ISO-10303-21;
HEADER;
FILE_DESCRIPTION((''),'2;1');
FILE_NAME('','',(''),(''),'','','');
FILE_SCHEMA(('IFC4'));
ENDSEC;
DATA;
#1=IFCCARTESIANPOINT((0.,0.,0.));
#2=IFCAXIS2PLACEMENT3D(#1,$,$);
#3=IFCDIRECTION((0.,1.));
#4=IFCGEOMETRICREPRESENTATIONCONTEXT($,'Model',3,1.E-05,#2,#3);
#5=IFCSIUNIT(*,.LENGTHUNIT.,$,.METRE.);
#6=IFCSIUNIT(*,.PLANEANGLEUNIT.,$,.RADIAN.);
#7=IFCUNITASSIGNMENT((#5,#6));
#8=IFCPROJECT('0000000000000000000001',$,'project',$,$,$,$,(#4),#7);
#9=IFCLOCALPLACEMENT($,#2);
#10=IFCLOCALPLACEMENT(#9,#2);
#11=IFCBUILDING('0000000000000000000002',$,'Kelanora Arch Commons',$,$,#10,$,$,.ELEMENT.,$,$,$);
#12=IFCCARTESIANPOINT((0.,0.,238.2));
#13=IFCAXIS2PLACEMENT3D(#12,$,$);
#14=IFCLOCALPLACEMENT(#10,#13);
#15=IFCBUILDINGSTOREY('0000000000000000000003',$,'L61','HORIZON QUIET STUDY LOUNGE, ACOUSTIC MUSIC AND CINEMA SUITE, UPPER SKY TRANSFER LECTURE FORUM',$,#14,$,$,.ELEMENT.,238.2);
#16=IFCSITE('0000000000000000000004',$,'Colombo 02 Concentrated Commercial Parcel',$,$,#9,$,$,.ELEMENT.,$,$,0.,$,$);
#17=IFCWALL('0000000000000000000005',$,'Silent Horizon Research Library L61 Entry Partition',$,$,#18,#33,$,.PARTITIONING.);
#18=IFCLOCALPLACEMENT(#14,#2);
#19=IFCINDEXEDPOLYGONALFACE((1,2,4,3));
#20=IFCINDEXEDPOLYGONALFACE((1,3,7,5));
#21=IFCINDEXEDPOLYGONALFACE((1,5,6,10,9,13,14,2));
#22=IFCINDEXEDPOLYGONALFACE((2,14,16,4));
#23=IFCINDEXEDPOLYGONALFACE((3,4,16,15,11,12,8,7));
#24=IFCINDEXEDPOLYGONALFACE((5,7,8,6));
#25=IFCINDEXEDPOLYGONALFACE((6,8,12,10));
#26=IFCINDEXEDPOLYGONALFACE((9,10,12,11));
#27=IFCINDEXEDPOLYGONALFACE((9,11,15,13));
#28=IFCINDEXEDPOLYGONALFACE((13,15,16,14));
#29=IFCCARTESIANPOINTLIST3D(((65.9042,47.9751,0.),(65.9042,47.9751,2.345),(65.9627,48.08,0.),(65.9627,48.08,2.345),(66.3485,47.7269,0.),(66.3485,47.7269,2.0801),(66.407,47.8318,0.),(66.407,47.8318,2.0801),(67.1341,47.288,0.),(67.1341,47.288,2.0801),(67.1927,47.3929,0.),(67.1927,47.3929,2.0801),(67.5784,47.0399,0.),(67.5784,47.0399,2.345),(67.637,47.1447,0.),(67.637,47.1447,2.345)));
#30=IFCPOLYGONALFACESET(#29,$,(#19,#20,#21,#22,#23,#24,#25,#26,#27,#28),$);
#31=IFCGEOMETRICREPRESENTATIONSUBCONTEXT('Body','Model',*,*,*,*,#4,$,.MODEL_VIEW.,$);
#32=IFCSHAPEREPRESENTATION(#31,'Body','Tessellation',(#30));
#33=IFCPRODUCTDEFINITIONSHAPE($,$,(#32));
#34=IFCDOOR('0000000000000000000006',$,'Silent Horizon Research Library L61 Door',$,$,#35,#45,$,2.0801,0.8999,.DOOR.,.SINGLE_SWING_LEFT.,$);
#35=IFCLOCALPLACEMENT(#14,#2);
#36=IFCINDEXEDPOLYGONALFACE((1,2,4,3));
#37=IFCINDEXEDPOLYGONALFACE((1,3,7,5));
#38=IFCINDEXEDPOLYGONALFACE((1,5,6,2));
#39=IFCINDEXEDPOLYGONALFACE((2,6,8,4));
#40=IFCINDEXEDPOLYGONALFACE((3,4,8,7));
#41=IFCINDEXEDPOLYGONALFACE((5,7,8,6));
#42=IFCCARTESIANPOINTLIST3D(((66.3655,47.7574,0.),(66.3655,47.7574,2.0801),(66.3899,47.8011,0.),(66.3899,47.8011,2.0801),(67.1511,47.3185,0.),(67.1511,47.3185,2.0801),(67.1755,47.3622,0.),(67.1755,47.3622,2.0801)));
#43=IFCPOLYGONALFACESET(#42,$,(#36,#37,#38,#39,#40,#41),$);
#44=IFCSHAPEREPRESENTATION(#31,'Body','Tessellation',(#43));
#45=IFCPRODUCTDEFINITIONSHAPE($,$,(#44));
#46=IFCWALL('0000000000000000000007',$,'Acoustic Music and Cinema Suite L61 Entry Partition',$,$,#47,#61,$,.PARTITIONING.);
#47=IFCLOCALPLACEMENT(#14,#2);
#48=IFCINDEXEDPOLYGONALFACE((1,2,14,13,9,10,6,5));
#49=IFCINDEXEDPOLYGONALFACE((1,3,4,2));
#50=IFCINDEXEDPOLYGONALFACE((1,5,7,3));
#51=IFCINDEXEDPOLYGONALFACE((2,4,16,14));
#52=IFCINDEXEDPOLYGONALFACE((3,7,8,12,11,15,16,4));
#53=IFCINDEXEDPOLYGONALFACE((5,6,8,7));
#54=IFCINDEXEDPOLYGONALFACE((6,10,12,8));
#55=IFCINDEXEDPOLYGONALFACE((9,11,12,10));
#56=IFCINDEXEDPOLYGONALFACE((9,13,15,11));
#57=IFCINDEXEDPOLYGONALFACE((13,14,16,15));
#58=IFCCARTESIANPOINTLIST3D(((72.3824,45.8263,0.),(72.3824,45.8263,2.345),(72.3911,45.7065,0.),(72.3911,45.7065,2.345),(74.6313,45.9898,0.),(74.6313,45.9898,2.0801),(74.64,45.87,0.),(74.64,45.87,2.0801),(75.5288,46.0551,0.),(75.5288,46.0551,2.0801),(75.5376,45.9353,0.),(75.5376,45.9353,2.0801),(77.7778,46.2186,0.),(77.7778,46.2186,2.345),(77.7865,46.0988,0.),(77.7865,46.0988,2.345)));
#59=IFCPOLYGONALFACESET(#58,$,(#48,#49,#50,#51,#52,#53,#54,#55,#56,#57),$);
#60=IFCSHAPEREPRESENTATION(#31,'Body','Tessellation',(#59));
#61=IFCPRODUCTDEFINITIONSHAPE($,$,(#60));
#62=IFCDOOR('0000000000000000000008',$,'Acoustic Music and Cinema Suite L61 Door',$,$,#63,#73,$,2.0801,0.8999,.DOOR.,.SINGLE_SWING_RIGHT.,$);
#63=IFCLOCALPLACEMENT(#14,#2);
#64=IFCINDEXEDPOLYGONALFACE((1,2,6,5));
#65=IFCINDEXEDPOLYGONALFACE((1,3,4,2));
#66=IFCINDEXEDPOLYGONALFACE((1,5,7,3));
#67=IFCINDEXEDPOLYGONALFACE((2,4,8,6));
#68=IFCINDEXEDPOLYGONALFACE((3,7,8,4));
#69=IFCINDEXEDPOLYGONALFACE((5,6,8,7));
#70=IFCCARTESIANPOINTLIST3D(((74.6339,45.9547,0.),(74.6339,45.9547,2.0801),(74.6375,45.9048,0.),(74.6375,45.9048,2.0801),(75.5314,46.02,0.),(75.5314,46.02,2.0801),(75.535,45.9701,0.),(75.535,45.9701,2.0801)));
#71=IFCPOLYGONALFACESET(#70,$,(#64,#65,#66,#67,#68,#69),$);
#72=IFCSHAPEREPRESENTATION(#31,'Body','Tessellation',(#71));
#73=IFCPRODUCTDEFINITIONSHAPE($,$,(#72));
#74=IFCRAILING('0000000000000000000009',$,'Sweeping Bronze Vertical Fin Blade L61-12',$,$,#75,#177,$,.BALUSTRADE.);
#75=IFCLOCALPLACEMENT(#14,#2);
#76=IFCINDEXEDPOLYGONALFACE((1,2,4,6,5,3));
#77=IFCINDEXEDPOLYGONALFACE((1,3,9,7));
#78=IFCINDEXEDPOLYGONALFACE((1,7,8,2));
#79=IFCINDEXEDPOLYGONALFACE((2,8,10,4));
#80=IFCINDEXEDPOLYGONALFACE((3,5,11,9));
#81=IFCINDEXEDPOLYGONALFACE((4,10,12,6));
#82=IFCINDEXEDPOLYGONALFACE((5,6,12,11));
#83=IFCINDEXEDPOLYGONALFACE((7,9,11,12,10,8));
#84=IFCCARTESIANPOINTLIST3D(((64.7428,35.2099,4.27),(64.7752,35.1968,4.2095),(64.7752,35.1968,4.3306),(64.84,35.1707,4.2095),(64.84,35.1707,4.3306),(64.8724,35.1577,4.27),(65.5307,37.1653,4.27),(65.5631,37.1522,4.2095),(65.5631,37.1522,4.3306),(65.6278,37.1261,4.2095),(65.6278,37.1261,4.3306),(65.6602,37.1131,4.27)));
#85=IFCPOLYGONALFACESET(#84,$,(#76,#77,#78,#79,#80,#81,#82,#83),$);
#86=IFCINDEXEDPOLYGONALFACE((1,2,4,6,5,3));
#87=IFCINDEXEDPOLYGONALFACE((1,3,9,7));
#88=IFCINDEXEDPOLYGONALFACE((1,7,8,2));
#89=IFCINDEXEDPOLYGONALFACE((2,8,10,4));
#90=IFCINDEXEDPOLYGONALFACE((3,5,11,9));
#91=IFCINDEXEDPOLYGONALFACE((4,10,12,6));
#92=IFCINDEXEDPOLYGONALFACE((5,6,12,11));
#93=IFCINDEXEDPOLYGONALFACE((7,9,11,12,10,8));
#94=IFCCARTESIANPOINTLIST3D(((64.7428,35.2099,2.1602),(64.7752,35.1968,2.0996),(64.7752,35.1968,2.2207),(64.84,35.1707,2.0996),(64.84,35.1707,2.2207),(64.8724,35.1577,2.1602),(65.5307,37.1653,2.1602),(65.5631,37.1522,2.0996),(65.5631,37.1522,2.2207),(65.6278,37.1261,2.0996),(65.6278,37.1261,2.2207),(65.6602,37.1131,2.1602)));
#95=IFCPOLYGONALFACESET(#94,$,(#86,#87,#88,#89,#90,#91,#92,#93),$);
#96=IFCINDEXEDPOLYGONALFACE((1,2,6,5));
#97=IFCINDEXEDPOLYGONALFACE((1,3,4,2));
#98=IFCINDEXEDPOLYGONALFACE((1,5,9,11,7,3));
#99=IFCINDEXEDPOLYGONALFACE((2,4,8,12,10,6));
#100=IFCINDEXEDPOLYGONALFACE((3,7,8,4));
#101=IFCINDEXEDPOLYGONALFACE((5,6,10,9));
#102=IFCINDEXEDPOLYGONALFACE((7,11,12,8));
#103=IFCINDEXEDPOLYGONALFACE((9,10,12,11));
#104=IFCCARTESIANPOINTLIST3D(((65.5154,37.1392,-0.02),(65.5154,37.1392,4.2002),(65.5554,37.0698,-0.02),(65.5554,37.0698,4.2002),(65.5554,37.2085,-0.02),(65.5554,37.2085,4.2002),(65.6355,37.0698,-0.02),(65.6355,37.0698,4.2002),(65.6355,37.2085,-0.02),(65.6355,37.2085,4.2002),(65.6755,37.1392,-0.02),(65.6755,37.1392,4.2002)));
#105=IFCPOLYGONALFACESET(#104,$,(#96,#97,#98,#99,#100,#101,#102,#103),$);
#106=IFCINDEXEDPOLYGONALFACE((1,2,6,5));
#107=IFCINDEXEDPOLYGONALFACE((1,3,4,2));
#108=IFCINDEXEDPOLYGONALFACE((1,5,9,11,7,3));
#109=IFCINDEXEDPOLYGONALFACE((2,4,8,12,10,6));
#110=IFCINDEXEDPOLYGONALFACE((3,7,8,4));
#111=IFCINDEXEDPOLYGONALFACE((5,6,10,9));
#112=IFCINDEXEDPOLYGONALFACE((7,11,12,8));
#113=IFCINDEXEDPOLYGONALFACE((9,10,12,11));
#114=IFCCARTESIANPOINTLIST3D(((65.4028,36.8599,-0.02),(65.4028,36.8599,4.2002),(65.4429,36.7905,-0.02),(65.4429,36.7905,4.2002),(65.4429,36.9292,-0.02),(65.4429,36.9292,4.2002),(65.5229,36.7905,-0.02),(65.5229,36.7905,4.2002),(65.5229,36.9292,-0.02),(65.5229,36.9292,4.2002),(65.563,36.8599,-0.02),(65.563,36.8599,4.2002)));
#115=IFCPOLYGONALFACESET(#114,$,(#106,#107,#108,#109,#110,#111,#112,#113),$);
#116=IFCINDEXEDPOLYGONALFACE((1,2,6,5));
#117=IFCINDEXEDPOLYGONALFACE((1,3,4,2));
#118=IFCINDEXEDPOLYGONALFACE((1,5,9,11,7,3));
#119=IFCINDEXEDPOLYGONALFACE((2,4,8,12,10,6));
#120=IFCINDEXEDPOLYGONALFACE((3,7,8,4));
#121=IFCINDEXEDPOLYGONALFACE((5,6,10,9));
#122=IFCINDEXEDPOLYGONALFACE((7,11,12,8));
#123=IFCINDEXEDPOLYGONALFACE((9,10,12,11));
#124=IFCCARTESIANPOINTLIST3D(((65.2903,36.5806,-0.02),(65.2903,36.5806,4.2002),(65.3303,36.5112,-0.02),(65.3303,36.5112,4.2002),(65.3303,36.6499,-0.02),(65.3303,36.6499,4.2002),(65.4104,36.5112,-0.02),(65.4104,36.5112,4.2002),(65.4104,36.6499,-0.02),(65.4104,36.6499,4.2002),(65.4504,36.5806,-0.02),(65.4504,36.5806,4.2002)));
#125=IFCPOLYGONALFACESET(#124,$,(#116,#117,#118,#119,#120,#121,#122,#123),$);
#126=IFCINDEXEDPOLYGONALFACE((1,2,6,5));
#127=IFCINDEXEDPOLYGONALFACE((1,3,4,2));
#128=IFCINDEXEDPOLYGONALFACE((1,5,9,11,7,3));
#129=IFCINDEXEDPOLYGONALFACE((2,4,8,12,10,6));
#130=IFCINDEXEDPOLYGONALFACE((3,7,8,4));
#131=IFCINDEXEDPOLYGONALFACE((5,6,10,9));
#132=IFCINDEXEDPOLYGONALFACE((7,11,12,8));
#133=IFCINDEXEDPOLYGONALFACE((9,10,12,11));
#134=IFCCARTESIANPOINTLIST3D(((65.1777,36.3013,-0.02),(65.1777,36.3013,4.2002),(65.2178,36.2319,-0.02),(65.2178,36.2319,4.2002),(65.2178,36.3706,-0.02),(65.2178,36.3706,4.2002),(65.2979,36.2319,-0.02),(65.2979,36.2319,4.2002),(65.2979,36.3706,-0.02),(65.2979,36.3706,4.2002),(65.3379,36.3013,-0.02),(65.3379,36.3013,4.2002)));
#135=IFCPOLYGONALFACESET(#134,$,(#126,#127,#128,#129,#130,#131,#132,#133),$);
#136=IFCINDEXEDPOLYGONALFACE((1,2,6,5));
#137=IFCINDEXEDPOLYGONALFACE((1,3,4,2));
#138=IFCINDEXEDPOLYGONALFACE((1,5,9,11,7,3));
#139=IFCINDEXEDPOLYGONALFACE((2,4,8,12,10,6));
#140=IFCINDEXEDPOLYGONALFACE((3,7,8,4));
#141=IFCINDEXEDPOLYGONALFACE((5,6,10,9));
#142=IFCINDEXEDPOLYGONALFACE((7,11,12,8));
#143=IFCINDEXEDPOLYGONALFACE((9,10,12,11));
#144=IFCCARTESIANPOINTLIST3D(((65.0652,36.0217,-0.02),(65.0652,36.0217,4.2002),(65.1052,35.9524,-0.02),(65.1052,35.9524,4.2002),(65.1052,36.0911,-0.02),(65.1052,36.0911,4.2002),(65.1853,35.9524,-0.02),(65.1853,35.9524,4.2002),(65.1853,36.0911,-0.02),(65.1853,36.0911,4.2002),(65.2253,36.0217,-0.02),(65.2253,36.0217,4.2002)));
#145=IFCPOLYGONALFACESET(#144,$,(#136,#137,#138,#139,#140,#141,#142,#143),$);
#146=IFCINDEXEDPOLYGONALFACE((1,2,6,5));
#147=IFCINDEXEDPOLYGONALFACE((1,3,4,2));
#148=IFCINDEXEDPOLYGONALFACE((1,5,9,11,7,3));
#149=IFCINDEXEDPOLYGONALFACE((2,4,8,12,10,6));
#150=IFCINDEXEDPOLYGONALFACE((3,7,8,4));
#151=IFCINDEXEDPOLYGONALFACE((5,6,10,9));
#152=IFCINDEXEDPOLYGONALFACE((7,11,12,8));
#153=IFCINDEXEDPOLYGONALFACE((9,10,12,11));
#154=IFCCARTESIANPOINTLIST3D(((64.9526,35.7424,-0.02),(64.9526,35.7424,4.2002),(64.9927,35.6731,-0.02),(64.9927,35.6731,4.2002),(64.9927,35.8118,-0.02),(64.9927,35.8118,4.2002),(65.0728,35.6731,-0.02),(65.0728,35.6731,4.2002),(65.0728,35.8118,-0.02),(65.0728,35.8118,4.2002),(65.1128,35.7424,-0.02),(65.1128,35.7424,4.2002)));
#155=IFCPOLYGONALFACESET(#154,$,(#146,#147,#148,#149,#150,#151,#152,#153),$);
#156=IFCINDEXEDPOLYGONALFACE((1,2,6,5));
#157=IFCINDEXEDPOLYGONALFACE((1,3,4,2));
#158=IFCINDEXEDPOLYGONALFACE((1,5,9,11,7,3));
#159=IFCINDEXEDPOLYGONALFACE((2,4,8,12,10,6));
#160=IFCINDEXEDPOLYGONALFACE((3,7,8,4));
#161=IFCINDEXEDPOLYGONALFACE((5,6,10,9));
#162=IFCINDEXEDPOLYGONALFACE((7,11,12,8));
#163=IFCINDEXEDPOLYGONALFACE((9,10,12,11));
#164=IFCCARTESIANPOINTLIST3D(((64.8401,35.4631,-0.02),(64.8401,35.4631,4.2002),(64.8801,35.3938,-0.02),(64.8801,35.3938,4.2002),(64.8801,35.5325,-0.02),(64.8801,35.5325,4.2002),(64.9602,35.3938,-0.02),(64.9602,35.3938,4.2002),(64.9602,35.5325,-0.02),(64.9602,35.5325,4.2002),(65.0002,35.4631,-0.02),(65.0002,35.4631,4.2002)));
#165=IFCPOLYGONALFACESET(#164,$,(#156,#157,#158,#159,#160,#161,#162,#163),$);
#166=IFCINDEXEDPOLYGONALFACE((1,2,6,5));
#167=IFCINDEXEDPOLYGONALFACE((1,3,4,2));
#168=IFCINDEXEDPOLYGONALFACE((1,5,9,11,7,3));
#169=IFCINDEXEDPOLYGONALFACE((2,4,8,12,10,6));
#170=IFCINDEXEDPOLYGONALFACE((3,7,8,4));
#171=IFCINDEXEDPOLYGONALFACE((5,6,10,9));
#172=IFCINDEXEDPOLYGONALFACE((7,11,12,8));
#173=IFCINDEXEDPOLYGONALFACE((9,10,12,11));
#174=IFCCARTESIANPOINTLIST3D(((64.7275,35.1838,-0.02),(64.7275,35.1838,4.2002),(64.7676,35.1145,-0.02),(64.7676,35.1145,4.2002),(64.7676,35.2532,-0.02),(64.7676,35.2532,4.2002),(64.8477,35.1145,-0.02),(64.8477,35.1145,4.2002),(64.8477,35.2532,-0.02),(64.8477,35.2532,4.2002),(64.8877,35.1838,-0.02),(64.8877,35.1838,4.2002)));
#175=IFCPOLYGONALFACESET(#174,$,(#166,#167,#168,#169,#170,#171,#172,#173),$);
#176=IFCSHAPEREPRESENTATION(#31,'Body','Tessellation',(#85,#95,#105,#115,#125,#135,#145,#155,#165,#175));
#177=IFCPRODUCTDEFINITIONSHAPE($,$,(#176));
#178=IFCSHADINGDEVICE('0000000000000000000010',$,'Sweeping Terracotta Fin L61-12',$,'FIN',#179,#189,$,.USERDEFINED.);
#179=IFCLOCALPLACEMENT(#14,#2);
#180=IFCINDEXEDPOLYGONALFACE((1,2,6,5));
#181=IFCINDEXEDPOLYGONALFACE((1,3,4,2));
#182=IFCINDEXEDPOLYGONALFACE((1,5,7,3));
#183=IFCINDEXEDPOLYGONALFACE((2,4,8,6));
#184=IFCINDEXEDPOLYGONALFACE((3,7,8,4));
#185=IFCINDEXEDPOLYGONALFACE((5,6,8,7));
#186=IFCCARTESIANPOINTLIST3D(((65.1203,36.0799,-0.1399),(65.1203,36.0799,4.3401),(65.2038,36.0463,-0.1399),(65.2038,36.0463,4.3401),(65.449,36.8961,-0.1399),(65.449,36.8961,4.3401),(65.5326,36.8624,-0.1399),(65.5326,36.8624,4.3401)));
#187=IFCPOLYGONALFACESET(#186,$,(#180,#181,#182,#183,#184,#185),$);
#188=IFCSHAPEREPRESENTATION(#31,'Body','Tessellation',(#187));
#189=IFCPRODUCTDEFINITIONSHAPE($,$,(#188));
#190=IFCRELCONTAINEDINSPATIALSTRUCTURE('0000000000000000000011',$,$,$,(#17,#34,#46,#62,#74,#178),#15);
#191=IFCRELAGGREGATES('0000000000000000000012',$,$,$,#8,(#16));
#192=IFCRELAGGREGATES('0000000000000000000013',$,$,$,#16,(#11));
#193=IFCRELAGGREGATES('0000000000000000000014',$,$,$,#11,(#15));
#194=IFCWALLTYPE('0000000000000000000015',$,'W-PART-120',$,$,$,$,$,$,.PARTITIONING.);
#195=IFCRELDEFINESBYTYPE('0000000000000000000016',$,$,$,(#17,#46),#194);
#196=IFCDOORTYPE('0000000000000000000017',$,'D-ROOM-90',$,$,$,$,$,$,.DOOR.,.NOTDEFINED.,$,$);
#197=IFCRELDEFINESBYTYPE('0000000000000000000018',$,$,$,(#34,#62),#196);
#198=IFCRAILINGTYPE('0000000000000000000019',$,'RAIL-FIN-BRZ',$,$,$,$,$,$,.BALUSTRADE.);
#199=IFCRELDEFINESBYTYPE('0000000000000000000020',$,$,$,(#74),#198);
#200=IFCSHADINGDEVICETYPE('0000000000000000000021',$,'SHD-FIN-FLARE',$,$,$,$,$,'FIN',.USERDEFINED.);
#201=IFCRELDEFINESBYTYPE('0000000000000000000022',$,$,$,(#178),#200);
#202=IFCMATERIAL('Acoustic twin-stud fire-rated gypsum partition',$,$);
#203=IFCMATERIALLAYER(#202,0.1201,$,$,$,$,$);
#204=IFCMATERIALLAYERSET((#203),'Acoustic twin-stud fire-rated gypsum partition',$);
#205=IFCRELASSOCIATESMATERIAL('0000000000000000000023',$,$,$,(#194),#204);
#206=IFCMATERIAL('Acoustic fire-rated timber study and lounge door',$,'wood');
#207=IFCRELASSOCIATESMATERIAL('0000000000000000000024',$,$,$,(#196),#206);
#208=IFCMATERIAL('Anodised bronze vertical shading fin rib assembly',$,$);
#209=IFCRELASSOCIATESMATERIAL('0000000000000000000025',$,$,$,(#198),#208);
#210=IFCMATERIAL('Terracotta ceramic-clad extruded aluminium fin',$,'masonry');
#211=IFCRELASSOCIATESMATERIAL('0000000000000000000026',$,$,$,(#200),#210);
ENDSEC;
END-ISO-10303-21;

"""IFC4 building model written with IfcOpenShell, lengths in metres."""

from ifc_helpers import new_model, si_unit, direction, frame, frame_2d, origin, origin_2d, place, context, subcontext, project, spatial, polyline, rectangle, outline, extrude, source, transform, mapped, material, layer, layer_set, type_object, element, fill, save


model = new_model("IFC4")

# Units and contexts
model_context = context("Model", 3, precision=1e-05, world=origin(), true_north=direction((0.0, 1.0)))
body_context = subcontext(model_context, "Body", "Model", "MODEL_VIEW")
ifc_project = project(units=[si_unit("LENGTHUNIT", "METRE"), si_unit("PLANEANGLEUNIT", "RADIAN")], contexts=[model_context])

# Site, building, storey
site_placement = place(None, origin())
site = spatial("IfcSite", under=ifc_project, at=site_placement, Name="Colombo 02 Concentrated Commercial Parcel", CompositionType="ELEMENT", RefElevation=0.0)
building_placement = place(site_placement, origin())
building = spatial("IfcBuilding", under=site, at=building_placement, Name="Kelanora Arch Commons", CompositionType="ELEMENT")
storey_placement = place(building_placement, frame((0.0, 0.0, 238.2)))
storey = spatial("IfcBuildingStorey", under=building, at=storey_placement, Name="L61", Description="HORIZON QUIET STUDY LOUNGE, ACOUSTIC MUSIC AND CINEMA SUITE, UPPER SKY TRANSFER LECTURE FORUM", CompositionType="ELEMENT", Elevation=238.2)

# Walls, openings, doors
ifc_material_1 = material(Name="Acoustic twin-stud fire-rated gypsum partition")
ifc_layer_1 = layer(ifc_material_1, 0.1201)
ifc_layer_set_1 = layer_set([ifc_layer_1], Name="Acoustic twin-stud fire-rated gypsum partition")
wall_type_1 = type_object("IfcWallType", Name="W-PART-120", PredefinedType="PARTITIONING", material=ifc_layer_set_1)
wall_1_placement = place(storey_placement, frame((65.9333, 48.0276, 0.0), z_axis=(0.0, 0.0, 1.0), x_axis=(0.87302, -0.487684, 0.0)))
wall_1 = element("IfcWall", 1, at=wall_1_placement, inside=storey, type_object=wall_type_1, Name="Silent Horizon Research Library L61 Entry Partition", PredefinedType="PARTITIONING", context=body_context, shape_type="SweptSolid", body=[
    extrude(rectangle(XDim=1.9177, YDim=0.1201, at=frame_2d((0.959, 0.0))), origin(), (0.0, 0.0, 1.0), 2.345),
])
opening_1_placement = place(wall_1_placement, frame((0.509, 0.0, 0.0)))
opening_1 = element("IfcOpeningElement", 2, at=opening_1_placement, cuts=wall_1, PredefinedType="OPENING", context=body_context, shape_type="SweptSolid", body=[
    extrude(rectangle(XDim=0.8999, YDim=2.0801, at=frame_2d((0.45, 1.04))), frame((0.0, 0.0701, 0.0), z_axis=(0.0, -1.0, 0.0), x_axis=(1.0, 0.0, 0.0)), (0.0, 0.0, 1.0), 0.1401),
])
ifc_material_2 = material(Name="Acoustic fire-rated timber study and lounge door", Category="wood")
door_type = type_object("IfcDoorType", Name="D-ROOM-90", OperationType="NOTDEFINED", PredefinedType="DOOR", material=ifc_material_2)
door_1_placement = place(opening_1_placement, origin())
door_1 = element("IfcDoor", 3, at=door_1_placement, inside=storey, type_object=door_type, Name="Silent Horizon Research Library L61 Door", OperationType="SINGLE_SWING_LEFT", OverallHeight=2.0801, OverallWidth=0.8999, PredefinedType="DOOR", context=body_context, shape_type="SweptSolid", body=[
    extrude(rectangle(XDim=0.8999, YDim=2.0801, at=frame_2d((0.45, 1.04))), frame((0.0, 0.0249, 0.0), z_axis=(0.0, -1.0, 0.0), x_axis=(1.0, 0.0, 0.0)), (0.0, 0.0, 1.0), 0.05),
])
fill(opening_1, door_1)
wall_2_placement = place(storey_placement, frame((72.3867, 45.7664, 0.0), z_axis=(0.0, 0.0, 1.0), x_axis=(0.997367, 0.072523, 0.0)))
wall_2 = element("IfcWall", 4, at=wall_2_placement, inside=storey, type_object=wall_type_1, Name="Acoustic Music and Cinema Suite L61 Entry Partition", PredefinedType="PARTITIONING", context=body_context, shape_type="SweptSolid", body=[
    extrude(rectangle(XDim=5.4097, YDim=0.1201, at=frame_2d((2.7048, 0.0))), origin(), (0.0, 0.0, 1.0), 2.345),
])
opening_2_placement = place(wall_2_placement, frame((2.2549, 0.0, 0.0)))
opening_2 = element("IfcOpeningElement", 5, at=opening_2_placement, cuts=wall_2, PredefinedType="OPENING", context=body_context, shape_type="SweptSolid", body=[
    extrude(rectangle(XDim=0.8999, YDim=2.0801, at=frame_2d((0.45, 1.04))), frame((0.0, 0.0701, 0.0), z_axis=(0.0, -1.0, 0.0), x_axis=(1.0, 0.0, 0.0)), (0.0, 0.0, 1.0), 0.1401),
])
door_2_placement = place(opening_2_placement, origin())
door_2 = element("IfcDoor", 6, at=door_2_placement, inside=storey, type_object=door_type, Name="Acoustic Music and Cinema Suite L61 Door", OperationType="SINGLE_SWING_RIGHT", OverallHeight=2.0801, OverallWidth=0.8999, PredefinedType="DOOR", context=body_context, shape_type="SweptSolid", body=[
    extrude(rectangle(XDim=0.8999, YDim=2.0801, at=frame_2d((0.45, 1.04))), frame((0.0, 0.0249, 0.0), z_axis=(0.0, -1.0, 0.0), x_axis=(1.0, 0.0, 0.0)), (0.0, 0.0, 1.0), 0.05),
])
fill(opening_2, door_2)

# Railing
ifc_material_3 = material(Name="Anodised bronze vertical shading fin rib assembly")
railing_type = type_object("IfcRailingType", Name="RAIL-FIN-BRZ", PredefinedType="BALUSTRADE", material=ifc_material_3)
railing_placement = place(storey_placement, frame((65.5955, 37.1392, -0.02)))
element("IfcRailing", 7, at=railing_placement, inside=storey, type_object=railing_type, Name="Sweeping Bronze Vertical Fin Blade L61-12", PredefinedType="BALUSTRADE", context=body_context, shape_type="SweptSolid", body=[
    extrude(outline(polyline([(0.0698, 0.0), (0.0349, 0.0605), (-0.0349, 0.0605), (-0.0698, 0.0), (-0.0349, -0.0605), (0.0349, -0.0605), (0.0698, 0.0)])), frame((0.0, 0.0, 4.29), z_axis=(-0.373726, -0.927539, 0.0), x_axis=(0.927539, -0.373726, 0.0)), (0.0, 0.0, 1.0), 2.1082),
    extrude(outline(polyline([(0.0698, 0.0), (0.0349, 0.0605), (-0.0349, 0.0605), (-0.0698, 0.0), (-0.0349, -0.0605), (0.0349, -0.0605), (0.0698, 0.0)])), frame((0.0, 0.0, 2.1802), z_axis=(-0.373726, -0.927539, 0.0), x_axis=(0.927539, -0.373726, 0.0)), (0.0, 0.0, 1.0), 2.1082),
    extrude(outline(polyline([(0.0801, 0.0), (0.04, 0.0693), (-0.04, 0.0693), (-0.0801, 0.0), (-0.04, -0.0693), (0.04, -0.0693), (0.0801, 0.0)])), origin(), (0.0, 0.0, 1.0), 4.2202),
    extrude(outline(polyline([(0.0801, 0.0), (0.04, 0.0693), (-0.04, 0.0693), (-0.0801, 0.0), (-0.04, -0.0693), (0.04, -0.0693), (0.0801, 0.0)])), frame((-0.1125, -0.2793, 0.0)), (0.0, 0.0, 1.0), 4.2202),
    extrude(outline(polyline([(0.0801, 0.0), (0.04, 0.0693), (-0.04, 0.0693), (-0.0801, 0.0), (-0.04, -0.0693), (0.04, -0.0693), (0.0801, 0.0)])), frame((-0.2251, -0.5586, 0.0)), (0.0, 0.0, 1.0), 4.2202),
    extrude(outline(polyline([(0.0801, 0.0), (0.04, 0.0693), (-0.04, 0.0693), (-0.0801, 0.0), (-0.04, -0.0693), (0.04, -0.0693), (0.0801, 0.0)])), frame((-0.3376, -0.8379, 0.0)), (0.0, 0.0, 1.0), 4.2202),
    extrude(outline(polyline([(0.0801, 0.0), (0.04, 0.0693), (-0.04, 0.0693), (-0.0801, 0.0), (-0.04, -0.0693), (0.04, -0.0693), (0.0801, 0.0)])), frame((-0.4502, -1.1174, 0.0)), (0.0, 0.0, 1.0), 4.2202),
    extrude(outline(polyline([(0.0801, 0.0), (0.04, 0.0693), (-0.04, 0.0693), (-0.0801, 0.0), (-0.04, -0.0693), (0.04, -0.0693), (0.0801, 0.0)])), frame((-0.5627, -1.3967, 0.0)), (0.0, 0.0, 1.0), 4.2202),
    extrude(outline(polyline([(0.0801, 0.0), (0.04, 0.0693), (-0.04, 0.0693), (-0.0801, 0.0), (-0.04, -0.0693), (0.04, -0.0693), (0.0801, 0.0)])), frame((-0.6753, -1.676, 0.0)), (0.0, 0.0, 1.0), 4.2202),
    extrude(outline(polyline([(0.0801, 0.0), (0.04, 0.0693), (-0.04, 0.0693), (-0.0801, 0.0), (-0.04, -0.0693), (0.04, -0.0693), (0.0801, 0.0)])), frame((-0.7878, -1.9553, 0.0)), (0.0, 0.0, 1.0), 4.2202),
])

# Shading device
ifc_material_4 = material(Name="Terracotta ceramic-clad extruded aluminium fin", Category="masonry")
shading_device_type = type_object("IfcShadingDeviceType", Name="SHD-FIN-FLARE", ElementType="FIN", PredefinedType="USERDEFINED", material=ifc_material_4)
shared_shape_1 = source(origin(), body_context, "Body", "SweptSolid", [
    extrude(rectangle(XDim=0.8799, YDim=0.0901, at=origin_2d()), origin(), (0.0, 0.0, 1.0), 4.48),
])
shading_device_placement = place(storey_placement, frame((65.3264, 36.4712, -0.1399), z_axis=(0.0, 0.0, 1.0), x_axis=(-0.373635, -0.927576, 0.0)))
element("IfcShadingDevice", 8, at=shading_device_placement, inside=storey, type_object=shading_device_type, Name="Sweeping Terracotta Fin L61-12", ObjectType="FIN", PredefinedType="USERDEFINED", context=body_context, shape_type="MappedRepresentation", body=[
    mapped(shared_shape_1, transform((0.0, 0.0, 0.0), scale=1.0)),
])

save(model, "model.ifc")
